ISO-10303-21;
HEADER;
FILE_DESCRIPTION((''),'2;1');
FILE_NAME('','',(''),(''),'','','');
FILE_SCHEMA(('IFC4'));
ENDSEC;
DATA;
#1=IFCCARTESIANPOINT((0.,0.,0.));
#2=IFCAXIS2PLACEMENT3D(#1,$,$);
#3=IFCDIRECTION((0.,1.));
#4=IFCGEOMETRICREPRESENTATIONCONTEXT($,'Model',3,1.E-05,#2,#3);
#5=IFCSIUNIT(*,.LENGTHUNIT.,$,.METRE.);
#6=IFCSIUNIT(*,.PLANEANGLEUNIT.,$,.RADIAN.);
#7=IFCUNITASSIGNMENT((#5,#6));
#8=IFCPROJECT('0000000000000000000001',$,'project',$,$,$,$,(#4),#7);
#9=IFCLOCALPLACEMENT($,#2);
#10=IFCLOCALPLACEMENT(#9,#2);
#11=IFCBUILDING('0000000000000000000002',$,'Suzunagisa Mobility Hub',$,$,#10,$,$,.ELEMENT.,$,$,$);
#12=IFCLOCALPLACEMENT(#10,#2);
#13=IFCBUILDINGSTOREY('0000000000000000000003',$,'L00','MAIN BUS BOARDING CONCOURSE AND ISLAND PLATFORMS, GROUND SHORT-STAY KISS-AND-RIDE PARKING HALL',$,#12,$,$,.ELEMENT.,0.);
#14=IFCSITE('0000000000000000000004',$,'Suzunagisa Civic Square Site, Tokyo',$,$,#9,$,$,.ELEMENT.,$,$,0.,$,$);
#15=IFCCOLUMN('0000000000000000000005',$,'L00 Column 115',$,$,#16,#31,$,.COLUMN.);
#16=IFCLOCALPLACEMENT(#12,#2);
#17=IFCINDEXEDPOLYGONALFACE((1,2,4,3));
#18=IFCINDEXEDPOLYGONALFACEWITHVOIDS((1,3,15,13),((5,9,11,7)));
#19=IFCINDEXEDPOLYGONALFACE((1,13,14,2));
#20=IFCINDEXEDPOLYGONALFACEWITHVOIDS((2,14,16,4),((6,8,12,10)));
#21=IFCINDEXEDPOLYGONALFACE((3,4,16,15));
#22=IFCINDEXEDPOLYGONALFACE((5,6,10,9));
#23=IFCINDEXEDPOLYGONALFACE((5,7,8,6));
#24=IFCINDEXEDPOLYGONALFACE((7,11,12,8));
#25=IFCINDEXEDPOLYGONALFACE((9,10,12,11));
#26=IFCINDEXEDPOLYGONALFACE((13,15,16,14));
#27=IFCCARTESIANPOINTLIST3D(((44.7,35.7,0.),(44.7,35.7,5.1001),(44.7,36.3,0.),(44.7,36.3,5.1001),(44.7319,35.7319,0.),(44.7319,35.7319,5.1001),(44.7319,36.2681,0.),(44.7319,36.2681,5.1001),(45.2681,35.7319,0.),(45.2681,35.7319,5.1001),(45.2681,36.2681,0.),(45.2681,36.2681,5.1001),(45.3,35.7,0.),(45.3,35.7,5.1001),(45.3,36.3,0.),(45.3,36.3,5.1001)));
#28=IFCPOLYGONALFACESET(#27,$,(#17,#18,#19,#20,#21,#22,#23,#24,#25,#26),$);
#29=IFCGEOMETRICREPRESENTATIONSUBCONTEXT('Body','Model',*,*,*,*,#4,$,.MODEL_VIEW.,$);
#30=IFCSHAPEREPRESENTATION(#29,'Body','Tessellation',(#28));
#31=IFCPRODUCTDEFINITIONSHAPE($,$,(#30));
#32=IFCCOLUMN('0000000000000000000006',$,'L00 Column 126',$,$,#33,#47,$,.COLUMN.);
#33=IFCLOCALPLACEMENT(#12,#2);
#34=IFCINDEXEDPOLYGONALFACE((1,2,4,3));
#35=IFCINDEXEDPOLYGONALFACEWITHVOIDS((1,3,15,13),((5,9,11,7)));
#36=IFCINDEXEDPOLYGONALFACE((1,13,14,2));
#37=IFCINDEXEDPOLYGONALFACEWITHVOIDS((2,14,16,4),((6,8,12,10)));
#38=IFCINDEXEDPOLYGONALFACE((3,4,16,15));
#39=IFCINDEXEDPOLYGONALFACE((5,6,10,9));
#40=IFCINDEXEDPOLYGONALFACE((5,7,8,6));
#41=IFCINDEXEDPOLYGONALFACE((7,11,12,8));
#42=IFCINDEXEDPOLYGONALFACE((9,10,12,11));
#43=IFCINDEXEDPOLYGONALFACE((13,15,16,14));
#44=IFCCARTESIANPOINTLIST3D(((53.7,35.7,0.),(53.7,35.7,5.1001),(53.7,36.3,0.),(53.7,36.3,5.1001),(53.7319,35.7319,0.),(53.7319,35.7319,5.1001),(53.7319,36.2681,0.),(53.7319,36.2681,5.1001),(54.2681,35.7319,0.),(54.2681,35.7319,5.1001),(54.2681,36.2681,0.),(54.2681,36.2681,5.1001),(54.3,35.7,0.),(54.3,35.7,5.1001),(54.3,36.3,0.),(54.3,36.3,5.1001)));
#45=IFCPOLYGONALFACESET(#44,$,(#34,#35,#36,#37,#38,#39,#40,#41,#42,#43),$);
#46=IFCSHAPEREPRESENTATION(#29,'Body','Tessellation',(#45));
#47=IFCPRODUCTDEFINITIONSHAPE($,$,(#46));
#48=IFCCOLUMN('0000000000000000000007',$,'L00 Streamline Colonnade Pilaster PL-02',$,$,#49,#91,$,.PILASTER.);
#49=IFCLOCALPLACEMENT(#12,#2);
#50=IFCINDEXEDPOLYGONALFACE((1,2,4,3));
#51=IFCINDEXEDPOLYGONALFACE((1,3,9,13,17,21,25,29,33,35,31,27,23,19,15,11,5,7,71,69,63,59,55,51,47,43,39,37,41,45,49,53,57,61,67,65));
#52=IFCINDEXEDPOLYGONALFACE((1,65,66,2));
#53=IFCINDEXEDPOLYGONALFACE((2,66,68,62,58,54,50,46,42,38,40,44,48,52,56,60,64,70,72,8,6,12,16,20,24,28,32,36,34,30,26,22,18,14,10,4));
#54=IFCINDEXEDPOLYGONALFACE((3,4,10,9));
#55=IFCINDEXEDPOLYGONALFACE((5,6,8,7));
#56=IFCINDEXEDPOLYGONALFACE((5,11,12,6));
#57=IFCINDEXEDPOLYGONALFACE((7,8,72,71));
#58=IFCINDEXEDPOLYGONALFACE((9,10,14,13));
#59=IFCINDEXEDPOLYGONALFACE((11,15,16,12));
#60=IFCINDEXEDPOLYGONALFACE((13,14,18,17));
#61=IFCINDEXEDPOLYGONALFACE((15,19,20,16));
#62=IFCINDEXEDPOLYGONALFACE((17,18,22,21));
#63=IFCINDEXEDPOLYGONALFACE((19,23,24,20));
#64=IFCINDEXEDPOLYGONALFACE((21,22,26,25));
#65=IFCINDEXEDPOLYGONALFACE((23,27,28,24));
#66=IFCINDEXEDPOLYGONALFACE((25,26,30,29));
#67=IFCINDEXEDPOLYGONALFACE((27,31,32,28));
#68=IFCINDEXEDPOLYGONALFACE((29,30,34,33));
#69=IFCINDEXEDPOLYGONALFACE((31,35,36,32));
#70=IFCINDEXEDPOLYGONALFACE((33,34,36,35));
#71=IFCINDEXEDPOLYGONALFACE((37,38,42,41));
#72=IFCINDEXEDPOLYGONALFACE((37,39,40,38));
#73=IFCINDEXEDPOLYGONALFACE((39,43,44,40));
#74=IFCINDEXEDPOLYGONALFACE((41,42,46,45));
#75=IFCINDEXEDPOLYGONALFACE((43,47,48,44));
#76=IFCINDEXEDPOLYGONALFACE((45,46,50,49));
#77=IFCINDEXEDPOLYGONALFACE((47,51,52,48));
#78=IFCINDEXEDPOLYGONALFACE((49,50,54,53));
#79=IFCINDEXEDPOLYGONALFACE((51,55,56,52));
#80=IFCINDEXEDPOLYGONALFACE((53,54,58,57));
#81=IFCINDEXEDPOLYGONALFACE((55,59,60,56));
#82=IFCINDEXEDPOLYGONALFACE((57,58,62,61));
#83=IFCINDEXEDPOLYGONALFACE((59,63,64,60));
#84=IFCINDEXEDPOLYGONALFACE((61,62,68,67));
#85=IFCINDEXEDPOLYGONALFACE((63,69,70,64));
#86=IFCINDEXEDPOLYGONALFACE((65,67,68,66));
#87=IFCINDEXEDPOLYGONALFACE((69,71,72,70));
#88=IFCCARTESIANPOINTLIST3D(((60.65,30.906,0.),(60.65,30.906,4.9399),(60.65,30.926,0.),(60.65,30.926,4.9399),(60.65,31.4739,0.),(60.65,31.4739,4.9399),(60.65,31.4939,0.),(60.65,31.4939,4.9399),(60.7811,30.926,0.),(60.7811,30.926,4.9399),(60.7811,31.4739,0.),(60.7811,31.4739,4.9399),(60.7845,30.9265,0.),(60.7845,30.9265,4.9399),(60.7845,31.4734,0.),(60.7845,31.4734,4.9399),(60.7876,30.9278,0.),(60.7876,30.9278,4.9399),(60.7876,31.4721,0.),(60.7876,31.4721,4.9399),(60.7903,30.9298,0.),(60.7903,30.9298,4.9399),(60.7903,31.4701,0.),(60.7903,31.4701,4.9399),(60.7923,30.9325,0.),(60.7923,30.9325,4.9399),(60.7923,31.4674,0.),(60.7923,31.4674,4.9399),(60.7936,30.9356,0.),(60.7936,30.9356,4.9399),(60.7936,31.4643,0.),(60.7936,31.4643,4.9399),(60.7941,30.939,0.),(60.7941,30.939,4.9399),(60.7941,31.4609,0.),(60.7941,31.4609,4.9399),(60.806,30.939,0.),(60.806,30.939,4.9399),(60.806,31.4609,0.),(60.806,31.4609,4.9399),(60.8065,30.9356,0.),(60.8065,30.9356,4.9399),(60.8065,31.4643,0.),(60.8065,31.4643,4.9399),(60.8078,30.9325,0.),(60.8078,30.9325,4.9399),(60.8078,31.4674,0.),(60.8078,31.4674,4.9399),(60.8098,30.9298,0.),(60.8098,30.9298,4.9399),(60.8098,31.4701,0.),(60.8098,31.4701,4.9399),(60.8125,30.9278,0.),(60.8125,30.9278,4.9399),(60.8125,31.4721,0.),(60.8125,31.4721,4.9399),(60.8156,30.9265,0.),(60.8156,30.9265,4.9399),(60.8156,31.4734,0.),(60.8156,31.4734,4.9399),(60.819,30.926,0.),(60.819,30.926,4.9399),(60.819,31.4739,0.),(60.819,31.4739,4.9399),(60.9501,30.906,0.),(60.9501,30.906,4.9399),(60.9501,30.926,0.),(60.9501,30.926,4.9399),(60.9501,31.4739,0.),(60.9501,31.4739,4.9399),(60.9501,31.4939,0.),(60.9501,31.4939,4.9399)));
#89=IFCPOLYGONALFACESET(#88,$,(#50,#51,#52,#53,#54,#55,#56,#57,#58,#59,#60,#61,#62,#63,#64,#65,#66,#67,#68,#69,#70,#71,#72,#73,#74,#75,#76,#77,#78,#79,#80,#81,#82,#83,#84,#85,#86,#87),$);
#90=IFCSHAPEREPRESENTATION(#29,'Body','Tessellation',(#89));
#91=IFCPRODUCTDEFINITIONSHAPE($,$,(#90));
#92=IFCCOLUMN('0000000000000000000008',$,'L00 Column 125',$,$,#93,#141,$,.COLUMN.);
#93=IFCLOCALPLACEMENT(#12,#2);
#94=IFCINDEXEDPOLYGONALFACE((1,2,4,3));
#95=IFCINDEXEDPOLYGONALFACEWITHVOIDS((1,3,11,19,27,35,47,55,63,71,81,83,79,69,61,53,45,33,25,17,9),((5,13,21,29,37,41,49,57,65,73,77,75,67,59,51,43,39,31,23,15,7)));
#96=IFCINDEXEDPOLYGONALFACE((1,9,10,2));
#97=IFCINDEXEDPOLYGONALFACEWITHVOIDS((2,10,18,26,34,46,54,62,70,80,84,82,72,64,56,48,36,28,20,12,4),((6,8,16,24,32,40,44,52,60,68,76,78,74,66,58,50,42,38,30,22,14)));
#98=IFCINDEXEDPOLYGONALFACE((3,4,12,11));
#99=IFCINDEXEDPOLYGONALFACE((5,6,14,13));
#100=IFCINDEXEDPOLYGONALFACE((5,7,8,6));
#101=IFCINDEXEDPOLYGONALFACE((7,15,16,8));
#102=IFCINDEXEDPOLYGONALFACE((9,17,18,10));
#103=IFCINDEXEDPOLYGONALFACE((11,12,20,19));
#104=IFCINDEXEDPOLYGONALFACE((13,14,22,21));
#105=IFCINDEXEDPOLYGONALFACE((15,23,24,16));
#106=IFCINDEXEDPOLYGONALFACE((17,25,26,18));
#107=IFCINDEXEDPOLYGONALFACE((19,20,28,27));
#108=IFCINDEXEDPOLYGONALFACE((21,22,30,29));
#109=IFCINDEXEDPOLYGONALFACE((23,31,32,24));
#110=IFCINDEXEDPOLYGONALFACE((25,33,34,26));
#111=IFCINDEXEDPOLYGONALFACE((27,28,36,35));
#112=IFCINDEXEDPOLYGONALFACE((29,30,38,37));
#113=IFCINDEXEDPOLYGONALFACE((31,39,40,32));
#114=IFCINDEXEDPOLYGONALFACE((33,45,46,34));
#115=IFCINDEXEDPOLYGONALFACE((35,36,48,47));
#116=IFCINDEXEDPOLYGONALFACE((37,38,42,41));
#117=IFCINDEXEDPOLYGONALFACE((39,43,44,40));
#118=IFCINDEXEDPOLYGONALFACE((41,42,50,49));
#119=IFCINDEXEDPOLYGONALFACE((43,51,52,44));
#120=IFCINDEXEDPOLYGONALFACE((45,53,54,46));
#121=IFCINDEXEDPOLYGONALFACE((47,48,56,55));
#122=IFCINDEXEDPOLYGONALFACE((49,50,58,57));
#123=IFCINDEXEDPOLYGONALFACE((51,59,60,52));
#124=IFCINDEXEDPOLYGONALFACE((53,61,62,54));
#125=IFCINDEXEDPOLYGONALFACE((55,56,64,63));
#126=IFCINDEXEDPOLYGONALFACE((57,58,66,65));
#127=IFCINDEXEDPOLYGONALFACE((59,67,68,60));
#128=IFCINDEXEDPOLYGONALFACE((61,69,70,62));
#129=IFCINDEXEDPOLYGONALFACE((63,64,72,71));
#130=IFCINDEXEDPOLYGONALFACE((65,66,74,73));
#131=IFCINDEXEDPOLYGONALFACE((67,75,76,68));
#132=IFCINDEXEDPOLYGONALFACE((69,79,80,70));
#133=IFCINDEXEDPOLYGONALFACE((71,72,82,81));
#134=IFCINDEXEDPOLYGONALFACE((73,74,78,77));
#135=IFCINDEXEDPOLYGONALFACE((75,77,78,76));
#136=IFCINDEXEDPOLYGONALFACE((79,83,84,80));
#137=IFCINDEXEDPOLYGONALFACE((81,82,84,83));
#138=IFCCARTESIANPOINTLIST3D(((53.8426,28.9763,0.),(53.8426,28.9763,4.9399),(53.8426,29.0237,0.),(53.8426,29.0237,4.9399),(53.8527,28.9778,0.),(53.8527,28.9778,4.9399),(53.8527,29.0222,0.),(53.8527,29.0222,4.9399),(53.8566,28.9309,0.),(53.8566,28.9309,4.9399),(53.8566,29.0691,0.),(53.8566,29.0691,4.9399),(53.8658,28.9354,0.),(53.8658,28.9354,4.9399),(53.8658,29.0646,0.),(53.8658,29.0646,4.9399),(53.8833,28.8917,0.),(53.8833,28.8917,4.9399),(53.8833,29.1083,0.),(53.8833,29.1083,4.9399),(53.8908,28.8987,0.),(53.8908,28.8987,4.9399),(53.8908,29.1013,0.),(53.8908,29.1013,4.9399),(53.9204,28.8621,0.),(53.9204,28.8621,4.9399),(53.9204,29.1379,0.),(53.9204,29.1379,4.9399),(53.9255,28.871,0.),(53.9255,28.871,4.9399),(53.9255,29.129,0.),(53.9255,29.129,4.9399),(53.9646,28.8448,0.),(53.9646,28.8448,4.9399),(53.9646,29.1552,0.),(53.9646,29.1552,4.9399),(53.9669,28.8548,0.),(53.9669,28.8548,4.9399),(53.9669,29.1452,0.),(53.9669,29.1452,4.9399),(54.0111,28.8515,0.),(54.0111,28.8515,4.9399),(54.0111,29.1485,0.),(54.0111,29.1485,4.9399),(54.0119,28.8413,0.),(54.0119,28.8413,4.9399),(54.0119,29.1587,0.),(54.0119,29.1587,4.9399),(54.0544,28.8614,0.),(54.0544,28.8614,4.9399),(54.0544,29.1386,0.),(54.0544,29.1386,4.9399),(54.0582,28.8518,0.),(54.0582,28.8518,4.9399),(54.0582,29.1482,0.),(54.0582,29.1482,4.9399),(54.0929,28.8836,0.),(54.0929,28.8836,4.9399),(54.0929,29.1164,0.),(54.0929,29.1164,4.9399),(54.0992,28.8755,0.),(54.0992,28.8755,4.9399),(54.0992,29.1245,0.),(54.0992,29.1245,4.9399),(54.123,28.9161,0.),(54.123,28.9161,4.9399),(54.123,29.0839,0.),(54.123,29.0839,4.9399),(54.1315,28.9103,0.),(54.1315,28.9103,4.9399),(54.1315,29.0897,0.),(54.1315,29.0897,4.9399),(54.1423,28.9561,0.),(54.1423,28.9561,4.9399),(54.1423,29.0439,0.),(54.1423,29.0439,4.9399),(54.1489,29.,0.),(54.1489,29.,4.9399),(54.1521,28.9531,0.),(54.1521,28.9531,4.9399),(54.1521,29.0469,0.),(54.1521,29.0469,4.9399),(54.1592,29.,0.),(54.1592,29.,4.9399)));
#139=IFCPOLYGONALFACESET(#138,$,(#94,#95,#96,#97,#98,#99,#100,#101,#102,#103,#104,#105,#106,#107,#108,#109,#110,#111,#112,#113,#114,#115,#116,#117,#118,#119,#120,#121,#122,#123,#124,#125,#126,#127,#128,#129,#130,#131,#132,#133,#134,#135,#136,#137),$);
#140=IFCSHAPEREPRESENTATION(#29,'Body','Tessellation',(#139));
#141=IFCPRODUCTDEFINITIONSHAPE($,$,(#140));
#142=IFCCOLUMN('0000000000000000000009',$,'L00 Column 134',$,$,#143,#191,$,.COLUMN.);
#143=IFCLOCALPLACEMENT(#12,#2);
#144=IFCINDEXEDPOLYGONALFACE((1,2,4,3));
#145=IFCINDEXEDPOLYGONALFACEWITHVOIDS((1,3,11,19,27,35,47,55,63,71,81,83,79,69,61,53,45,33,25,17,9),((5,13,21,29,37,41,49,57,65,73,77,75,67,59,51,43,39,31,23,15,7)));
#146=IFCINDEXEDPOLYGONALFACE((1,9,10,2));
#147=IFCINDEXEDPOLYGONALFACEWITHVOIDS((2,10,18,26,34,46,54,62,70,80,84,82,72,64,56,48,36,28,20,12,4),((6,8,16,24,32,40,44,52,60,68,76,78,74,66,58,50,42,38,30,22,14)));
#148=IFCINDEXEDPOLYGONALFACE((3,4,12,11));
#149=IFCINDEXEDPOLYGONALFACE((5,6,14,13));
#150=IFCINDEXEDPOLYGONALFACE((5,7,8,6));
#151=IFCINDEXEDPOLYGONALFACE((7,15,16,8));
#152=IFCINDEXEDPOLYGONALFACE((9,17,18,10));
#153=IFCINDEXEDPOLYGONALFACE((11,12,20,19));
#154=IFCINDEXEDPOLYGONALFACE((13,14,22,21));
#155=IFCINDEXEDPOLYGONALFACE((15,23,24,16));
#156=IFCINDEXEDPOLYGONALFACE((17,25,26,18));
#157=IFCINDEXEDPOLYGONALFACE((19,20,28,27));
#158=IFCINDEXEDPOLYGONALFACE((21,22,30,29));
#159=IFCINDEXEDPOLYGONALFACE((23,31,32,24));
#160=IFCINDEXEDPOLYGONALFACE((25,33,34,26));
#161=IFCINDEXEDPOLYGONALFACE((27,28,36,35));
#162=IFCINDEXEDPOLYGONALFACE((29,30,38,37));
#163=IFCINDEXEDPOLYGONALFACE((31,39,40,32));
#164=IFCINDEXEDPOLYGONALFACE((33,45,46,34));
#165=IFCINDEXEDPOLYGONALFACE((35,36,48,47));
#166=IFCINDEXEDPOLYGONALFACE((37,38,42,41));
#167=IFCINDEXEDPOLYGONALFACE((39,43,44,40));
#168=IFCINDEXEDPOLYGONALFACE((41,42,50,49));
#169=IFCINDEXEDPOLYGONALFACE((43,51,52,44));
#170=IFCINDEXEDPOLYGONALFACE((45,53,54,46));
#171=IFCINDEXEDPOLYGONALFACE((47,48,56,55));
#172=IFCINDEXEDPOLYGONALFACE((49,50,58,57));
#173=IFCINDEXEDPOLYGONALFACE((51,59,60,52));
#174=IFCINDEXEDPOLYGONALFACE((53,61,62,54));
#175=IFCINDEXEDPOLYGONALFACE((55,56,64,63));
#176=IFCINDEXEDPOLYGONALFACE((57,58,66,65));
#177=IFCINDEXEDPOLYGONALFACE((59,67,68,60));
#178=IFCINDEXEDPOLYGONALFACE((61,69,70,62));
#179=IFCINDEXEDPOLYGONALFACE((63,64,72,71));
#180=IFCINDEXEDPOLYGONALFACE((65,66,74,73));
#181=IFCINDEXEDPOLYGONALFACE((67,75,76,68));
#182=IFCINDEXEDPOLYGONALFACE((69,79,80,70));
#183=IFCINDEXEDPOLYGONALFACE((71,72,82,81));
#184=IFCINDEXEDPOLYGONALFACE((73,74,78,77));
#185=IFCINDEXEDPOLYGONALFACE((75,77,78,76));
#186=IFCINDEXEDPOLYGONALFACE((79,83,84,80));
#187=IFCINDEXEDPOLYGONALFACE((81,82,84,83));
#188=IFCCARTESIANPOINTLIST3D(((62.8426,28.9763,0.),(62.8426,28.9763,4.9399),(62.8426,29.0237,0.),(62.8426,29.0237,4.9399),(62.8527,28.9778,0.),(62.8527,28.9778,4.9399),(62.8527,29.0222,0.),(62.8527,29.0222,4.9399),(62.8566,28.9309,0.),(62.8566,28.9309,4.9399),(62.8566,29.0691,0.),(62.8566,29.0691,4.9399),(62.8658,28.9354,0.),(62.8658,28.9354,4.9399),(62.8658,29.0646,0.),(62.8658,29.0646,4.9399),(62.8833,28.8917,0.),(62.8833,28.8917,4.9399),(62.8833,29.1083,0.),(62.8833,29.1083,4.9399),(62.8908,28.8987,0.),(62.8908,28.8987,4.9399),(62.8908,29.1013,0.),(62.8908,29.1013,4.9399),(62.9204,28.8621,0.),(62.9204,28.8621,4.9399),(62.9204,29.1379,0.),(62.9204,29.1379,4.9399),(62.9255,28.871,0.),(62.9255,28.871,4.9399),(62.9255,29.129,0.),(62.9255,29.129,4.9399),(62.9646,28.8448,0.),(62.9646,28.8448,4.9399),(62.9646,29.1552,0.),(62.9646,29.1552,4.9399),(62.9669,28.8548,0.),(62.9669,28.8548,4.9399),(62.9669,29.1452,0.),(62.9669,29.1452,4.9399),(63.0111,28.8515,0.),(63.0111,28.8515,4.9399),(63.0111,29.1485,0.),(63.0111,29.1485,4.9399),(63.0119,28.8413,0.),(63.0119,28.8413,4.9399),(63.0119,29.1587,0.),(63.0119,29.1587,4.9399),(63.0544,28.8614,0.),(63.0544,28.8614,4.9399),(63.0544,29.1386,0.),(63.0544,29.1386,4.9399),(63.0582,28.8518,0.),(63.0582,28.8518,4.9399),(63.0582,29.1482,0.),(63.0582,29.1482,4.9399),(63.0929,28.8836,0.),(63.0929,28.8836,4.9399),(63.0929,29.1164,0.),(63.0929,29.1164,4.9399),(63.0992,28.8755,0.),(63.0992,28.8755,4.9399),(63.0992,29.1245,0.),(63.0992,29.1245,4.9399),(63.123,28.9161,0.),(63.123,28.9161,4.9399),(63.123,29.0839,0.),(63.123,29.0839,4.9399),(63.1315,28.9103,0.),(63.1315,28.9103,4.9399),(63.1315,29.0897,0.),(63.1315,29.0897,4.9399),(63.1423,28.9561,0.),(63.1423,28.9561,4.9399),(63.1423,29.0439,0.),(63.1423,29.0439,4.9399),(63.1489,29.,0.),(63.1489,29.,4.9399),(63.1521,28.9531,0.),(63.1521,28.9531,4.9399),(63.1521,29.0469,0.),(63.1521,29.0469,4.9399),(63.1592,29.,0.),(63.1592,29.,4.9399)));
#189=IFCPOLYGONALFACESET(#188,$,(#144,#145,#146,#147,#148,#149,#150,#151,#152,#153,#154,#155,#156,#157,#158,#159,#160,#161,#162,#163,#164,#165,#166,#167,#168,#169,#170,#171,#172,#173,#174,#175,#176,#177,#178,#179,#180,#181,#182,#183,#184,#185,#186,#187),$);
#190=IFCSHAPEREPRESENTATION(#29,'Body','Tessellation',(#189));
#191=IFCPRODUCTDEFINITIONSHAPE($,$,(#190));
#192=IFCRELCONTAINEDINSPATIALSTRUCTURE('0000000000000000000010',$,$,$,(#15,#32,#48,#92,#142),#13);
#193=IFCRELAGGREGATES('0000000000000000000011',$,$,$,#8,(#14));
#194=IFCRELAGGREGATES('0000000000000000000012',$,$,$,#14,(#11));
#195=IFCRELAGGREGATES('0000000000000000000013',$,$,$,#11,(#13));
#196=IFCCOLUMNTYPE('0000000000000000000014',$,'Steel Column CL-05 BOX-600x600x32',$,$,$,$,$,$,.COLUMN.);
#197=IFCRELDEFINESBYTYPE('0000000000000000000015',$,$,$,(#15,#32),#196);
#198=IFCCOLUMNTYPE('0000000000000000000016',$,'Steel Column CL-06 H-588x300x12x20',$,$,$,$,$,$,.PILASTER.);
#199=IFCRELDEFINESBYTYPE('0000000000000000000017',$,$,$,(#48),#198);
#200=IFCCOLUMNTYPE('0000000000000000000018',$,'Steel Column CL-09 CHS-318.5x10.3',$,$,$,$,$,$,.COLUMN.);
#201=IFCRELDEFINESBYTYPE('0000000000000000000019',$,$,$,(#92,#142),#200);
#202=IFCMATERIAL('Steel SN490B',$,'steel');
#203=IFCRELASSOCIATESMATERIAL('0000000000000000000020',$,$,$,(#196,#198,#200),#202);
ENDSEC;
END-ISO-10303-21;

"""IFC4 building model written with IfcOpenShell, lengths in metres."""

from ifc_helpers import new_model, si_unit, direction, frame, origin, origin_2d, place, context, subcontext, project, spatial, hollow_rectangle, hollow_circle, i_section, extrude, material, material_profile, profile_set, type_object, element, save


model = new_model("IFC4")

# Units and contexts
model_context = context("Model", 3, precision=1e-05, world=origin(), true_north=direction((0.0, 1.0)))
body_context = subcontext(model_context, "Body", "Model", "MODEL_VIEW")
ifc_project = project(units=[si_unit("LENGTHUNIT", "METRE"), si_unit("PLANEANGLEUNIT", "RADIAN")], contexts=[model_context])

# Site, building, storey
site_placement = place(None, origin())
site = spatial("IfcSite", under=ifc_project, at=site_placement, Name="Suzunagisa Civic Square Site, Tokyo", CompositionType="ELEMENT", RefElevation=0.0)
building_placement = place(site_placement, origin())
building = spatial("IfcBuilding", under=site, at=building_placement, Name="Suzunagisa Mobility Hub", CompositionType="ELEMENT")
storey_placement = place(building_placement, origin())
storey = spatial("IfcBuildingStorey", under=building, at=storey_placement, Name="L00", Description="MAIN BUS BOARDING CONCOURSE AND ISLAND PLATFORMS, GROUND SHORT-STAY KISS-AND-RIDE PARKING HALL", CompositionType="ELEMENT", Elevation=0.0)

# Columns
ifc_material_1 = material(Name="Steel SN490B", Category="steel")
ifc_material_profile_1 = material_profile(ifc_material_1, hollow_rectangle(XDim=0.6001, YDim=0.6001, WallThickness=0.032, at=origin_2d()), Name="BOX-600x600x32")
ifc_profile_set_1 = profile_set([ifc_material_profile_1], Name="Steel SN490B")
column_type_1 = type_object("IfcColumnType", Name="Steel Column CL-05 BOX-600x600x32", PredefinedType="COLUMN", material=ifc_profile_set_1)
for number, where, z_axis, x_axis, name in (
    (1, (45.0, 36.0, 0.0), (0.0, 0.0, 1.0), (1.0, 0.0, 0.0), "L00 Column 115"),
    (2, (54.0, 36.0, 0.0), (0.0, 0.0, 1.0), (1.0, 0.0, 0.0), "L00 Column 126"),
):
    element("IfcColumn", number, at=place(storey_placement, frame(where, z_axis=z_axis, x_axis=x_axis)), inside=storey, type_object=column_type_1, Name=name, PredefinedType="COLUMN", context=body_context, shape_type="SweptSolid", body=[
        extrude(hollow_rectangle(XDim=0.6001, YDim=0.6001, WallThickness=0.032, at=origin_2d()), origin(), (0.0, 0.0, 1.0), 5.1001),
    ])
ifc_material_profile_2 = material_profile(ifc_material_1, i_section(OverallWidth=0.3, OverallDepth=0.5879, WebThickness=0.012, FlangeThickness=0.02, FilletRadius=0.0129, at=origin_2d()), Name="H-588x300x12x20")
ifc_profile_set_2 = profile_set([ifc_material_profile_2], Name="Steel SN490B")
column_type_2 = type_object("IfcColumnType", Name="Steel Column CL-06 H-588x300x12x20", PredefinedType="PILASTER", material=ifc_profile_set_2)
column_1_placement = place(storey_placement, frame((60.8, 31.2, 0.0), z_axis=(0.0, 0.0, 1.0), x_axis=(1.0, 0.0, 0.0)))
element("IfcColumn", 3, at=column_1_placement, inside=storey, type_object=column_type_2, Name="L00 Streamline Colonnade Pilaster PL-02", PredefinedType="PILASTER", context=body_context, shape_type="SweptSolid", body=[
    extrude(i_section(OverallWidth=0.3, OverallDepth=0.5879, WebThickness=0.012, FlangeThickness=0.02, FilletRadius=0.0129, at=origin_2d()), origin(), (0.0, 0.0, 1.0), 4.9399),
])
ifc_material_profile_3 = material_profile(ifc_material_1, hollow_circle(Radius=0.1592, WallThickness=0.0103, at=origin_2d()), Name="CHS-318.5x10.3")
ifc_profile_set_3 = profile_set([ifc_material_profile_3], Name="Steel SN490B")
column_type_3 = type_object("IfcColumnType", Name="Steel Column CL-09 CHS-318.5x10.3", PredefinedType="COLUMN", material=ifc_profile_set_3)
for number, where, z_axis, x_axis, name in (
    (4, (54.0, 29.0, 0.0), (0.0, 0.0, 1.0), (1.0, 0.0, 0.0), "L00 Column 125"),
    (5, (63.0, 29.0, 0.0), (0.0, 0.0, 1.0), (1.0, 0.0, 0.0), "L00 Column 134"),
):
    element("IfcColumn", number, at=place(storey_placement, frame(where, z_axis=z_axis, x_axis=x_axis)), inside=storey, type_object=column_type_3, Name=name, PredefinedType="COLUMN", context=body_context, shape_type="SweptSolid", body=[
        extrude(hollow_circle(Radius=0.1592, WallThickness=0.0103, at=origin_2d()), origin(), (0.0, 0.0, 1.0), 4.9399),
    ])

save(model, "model.ifc")
